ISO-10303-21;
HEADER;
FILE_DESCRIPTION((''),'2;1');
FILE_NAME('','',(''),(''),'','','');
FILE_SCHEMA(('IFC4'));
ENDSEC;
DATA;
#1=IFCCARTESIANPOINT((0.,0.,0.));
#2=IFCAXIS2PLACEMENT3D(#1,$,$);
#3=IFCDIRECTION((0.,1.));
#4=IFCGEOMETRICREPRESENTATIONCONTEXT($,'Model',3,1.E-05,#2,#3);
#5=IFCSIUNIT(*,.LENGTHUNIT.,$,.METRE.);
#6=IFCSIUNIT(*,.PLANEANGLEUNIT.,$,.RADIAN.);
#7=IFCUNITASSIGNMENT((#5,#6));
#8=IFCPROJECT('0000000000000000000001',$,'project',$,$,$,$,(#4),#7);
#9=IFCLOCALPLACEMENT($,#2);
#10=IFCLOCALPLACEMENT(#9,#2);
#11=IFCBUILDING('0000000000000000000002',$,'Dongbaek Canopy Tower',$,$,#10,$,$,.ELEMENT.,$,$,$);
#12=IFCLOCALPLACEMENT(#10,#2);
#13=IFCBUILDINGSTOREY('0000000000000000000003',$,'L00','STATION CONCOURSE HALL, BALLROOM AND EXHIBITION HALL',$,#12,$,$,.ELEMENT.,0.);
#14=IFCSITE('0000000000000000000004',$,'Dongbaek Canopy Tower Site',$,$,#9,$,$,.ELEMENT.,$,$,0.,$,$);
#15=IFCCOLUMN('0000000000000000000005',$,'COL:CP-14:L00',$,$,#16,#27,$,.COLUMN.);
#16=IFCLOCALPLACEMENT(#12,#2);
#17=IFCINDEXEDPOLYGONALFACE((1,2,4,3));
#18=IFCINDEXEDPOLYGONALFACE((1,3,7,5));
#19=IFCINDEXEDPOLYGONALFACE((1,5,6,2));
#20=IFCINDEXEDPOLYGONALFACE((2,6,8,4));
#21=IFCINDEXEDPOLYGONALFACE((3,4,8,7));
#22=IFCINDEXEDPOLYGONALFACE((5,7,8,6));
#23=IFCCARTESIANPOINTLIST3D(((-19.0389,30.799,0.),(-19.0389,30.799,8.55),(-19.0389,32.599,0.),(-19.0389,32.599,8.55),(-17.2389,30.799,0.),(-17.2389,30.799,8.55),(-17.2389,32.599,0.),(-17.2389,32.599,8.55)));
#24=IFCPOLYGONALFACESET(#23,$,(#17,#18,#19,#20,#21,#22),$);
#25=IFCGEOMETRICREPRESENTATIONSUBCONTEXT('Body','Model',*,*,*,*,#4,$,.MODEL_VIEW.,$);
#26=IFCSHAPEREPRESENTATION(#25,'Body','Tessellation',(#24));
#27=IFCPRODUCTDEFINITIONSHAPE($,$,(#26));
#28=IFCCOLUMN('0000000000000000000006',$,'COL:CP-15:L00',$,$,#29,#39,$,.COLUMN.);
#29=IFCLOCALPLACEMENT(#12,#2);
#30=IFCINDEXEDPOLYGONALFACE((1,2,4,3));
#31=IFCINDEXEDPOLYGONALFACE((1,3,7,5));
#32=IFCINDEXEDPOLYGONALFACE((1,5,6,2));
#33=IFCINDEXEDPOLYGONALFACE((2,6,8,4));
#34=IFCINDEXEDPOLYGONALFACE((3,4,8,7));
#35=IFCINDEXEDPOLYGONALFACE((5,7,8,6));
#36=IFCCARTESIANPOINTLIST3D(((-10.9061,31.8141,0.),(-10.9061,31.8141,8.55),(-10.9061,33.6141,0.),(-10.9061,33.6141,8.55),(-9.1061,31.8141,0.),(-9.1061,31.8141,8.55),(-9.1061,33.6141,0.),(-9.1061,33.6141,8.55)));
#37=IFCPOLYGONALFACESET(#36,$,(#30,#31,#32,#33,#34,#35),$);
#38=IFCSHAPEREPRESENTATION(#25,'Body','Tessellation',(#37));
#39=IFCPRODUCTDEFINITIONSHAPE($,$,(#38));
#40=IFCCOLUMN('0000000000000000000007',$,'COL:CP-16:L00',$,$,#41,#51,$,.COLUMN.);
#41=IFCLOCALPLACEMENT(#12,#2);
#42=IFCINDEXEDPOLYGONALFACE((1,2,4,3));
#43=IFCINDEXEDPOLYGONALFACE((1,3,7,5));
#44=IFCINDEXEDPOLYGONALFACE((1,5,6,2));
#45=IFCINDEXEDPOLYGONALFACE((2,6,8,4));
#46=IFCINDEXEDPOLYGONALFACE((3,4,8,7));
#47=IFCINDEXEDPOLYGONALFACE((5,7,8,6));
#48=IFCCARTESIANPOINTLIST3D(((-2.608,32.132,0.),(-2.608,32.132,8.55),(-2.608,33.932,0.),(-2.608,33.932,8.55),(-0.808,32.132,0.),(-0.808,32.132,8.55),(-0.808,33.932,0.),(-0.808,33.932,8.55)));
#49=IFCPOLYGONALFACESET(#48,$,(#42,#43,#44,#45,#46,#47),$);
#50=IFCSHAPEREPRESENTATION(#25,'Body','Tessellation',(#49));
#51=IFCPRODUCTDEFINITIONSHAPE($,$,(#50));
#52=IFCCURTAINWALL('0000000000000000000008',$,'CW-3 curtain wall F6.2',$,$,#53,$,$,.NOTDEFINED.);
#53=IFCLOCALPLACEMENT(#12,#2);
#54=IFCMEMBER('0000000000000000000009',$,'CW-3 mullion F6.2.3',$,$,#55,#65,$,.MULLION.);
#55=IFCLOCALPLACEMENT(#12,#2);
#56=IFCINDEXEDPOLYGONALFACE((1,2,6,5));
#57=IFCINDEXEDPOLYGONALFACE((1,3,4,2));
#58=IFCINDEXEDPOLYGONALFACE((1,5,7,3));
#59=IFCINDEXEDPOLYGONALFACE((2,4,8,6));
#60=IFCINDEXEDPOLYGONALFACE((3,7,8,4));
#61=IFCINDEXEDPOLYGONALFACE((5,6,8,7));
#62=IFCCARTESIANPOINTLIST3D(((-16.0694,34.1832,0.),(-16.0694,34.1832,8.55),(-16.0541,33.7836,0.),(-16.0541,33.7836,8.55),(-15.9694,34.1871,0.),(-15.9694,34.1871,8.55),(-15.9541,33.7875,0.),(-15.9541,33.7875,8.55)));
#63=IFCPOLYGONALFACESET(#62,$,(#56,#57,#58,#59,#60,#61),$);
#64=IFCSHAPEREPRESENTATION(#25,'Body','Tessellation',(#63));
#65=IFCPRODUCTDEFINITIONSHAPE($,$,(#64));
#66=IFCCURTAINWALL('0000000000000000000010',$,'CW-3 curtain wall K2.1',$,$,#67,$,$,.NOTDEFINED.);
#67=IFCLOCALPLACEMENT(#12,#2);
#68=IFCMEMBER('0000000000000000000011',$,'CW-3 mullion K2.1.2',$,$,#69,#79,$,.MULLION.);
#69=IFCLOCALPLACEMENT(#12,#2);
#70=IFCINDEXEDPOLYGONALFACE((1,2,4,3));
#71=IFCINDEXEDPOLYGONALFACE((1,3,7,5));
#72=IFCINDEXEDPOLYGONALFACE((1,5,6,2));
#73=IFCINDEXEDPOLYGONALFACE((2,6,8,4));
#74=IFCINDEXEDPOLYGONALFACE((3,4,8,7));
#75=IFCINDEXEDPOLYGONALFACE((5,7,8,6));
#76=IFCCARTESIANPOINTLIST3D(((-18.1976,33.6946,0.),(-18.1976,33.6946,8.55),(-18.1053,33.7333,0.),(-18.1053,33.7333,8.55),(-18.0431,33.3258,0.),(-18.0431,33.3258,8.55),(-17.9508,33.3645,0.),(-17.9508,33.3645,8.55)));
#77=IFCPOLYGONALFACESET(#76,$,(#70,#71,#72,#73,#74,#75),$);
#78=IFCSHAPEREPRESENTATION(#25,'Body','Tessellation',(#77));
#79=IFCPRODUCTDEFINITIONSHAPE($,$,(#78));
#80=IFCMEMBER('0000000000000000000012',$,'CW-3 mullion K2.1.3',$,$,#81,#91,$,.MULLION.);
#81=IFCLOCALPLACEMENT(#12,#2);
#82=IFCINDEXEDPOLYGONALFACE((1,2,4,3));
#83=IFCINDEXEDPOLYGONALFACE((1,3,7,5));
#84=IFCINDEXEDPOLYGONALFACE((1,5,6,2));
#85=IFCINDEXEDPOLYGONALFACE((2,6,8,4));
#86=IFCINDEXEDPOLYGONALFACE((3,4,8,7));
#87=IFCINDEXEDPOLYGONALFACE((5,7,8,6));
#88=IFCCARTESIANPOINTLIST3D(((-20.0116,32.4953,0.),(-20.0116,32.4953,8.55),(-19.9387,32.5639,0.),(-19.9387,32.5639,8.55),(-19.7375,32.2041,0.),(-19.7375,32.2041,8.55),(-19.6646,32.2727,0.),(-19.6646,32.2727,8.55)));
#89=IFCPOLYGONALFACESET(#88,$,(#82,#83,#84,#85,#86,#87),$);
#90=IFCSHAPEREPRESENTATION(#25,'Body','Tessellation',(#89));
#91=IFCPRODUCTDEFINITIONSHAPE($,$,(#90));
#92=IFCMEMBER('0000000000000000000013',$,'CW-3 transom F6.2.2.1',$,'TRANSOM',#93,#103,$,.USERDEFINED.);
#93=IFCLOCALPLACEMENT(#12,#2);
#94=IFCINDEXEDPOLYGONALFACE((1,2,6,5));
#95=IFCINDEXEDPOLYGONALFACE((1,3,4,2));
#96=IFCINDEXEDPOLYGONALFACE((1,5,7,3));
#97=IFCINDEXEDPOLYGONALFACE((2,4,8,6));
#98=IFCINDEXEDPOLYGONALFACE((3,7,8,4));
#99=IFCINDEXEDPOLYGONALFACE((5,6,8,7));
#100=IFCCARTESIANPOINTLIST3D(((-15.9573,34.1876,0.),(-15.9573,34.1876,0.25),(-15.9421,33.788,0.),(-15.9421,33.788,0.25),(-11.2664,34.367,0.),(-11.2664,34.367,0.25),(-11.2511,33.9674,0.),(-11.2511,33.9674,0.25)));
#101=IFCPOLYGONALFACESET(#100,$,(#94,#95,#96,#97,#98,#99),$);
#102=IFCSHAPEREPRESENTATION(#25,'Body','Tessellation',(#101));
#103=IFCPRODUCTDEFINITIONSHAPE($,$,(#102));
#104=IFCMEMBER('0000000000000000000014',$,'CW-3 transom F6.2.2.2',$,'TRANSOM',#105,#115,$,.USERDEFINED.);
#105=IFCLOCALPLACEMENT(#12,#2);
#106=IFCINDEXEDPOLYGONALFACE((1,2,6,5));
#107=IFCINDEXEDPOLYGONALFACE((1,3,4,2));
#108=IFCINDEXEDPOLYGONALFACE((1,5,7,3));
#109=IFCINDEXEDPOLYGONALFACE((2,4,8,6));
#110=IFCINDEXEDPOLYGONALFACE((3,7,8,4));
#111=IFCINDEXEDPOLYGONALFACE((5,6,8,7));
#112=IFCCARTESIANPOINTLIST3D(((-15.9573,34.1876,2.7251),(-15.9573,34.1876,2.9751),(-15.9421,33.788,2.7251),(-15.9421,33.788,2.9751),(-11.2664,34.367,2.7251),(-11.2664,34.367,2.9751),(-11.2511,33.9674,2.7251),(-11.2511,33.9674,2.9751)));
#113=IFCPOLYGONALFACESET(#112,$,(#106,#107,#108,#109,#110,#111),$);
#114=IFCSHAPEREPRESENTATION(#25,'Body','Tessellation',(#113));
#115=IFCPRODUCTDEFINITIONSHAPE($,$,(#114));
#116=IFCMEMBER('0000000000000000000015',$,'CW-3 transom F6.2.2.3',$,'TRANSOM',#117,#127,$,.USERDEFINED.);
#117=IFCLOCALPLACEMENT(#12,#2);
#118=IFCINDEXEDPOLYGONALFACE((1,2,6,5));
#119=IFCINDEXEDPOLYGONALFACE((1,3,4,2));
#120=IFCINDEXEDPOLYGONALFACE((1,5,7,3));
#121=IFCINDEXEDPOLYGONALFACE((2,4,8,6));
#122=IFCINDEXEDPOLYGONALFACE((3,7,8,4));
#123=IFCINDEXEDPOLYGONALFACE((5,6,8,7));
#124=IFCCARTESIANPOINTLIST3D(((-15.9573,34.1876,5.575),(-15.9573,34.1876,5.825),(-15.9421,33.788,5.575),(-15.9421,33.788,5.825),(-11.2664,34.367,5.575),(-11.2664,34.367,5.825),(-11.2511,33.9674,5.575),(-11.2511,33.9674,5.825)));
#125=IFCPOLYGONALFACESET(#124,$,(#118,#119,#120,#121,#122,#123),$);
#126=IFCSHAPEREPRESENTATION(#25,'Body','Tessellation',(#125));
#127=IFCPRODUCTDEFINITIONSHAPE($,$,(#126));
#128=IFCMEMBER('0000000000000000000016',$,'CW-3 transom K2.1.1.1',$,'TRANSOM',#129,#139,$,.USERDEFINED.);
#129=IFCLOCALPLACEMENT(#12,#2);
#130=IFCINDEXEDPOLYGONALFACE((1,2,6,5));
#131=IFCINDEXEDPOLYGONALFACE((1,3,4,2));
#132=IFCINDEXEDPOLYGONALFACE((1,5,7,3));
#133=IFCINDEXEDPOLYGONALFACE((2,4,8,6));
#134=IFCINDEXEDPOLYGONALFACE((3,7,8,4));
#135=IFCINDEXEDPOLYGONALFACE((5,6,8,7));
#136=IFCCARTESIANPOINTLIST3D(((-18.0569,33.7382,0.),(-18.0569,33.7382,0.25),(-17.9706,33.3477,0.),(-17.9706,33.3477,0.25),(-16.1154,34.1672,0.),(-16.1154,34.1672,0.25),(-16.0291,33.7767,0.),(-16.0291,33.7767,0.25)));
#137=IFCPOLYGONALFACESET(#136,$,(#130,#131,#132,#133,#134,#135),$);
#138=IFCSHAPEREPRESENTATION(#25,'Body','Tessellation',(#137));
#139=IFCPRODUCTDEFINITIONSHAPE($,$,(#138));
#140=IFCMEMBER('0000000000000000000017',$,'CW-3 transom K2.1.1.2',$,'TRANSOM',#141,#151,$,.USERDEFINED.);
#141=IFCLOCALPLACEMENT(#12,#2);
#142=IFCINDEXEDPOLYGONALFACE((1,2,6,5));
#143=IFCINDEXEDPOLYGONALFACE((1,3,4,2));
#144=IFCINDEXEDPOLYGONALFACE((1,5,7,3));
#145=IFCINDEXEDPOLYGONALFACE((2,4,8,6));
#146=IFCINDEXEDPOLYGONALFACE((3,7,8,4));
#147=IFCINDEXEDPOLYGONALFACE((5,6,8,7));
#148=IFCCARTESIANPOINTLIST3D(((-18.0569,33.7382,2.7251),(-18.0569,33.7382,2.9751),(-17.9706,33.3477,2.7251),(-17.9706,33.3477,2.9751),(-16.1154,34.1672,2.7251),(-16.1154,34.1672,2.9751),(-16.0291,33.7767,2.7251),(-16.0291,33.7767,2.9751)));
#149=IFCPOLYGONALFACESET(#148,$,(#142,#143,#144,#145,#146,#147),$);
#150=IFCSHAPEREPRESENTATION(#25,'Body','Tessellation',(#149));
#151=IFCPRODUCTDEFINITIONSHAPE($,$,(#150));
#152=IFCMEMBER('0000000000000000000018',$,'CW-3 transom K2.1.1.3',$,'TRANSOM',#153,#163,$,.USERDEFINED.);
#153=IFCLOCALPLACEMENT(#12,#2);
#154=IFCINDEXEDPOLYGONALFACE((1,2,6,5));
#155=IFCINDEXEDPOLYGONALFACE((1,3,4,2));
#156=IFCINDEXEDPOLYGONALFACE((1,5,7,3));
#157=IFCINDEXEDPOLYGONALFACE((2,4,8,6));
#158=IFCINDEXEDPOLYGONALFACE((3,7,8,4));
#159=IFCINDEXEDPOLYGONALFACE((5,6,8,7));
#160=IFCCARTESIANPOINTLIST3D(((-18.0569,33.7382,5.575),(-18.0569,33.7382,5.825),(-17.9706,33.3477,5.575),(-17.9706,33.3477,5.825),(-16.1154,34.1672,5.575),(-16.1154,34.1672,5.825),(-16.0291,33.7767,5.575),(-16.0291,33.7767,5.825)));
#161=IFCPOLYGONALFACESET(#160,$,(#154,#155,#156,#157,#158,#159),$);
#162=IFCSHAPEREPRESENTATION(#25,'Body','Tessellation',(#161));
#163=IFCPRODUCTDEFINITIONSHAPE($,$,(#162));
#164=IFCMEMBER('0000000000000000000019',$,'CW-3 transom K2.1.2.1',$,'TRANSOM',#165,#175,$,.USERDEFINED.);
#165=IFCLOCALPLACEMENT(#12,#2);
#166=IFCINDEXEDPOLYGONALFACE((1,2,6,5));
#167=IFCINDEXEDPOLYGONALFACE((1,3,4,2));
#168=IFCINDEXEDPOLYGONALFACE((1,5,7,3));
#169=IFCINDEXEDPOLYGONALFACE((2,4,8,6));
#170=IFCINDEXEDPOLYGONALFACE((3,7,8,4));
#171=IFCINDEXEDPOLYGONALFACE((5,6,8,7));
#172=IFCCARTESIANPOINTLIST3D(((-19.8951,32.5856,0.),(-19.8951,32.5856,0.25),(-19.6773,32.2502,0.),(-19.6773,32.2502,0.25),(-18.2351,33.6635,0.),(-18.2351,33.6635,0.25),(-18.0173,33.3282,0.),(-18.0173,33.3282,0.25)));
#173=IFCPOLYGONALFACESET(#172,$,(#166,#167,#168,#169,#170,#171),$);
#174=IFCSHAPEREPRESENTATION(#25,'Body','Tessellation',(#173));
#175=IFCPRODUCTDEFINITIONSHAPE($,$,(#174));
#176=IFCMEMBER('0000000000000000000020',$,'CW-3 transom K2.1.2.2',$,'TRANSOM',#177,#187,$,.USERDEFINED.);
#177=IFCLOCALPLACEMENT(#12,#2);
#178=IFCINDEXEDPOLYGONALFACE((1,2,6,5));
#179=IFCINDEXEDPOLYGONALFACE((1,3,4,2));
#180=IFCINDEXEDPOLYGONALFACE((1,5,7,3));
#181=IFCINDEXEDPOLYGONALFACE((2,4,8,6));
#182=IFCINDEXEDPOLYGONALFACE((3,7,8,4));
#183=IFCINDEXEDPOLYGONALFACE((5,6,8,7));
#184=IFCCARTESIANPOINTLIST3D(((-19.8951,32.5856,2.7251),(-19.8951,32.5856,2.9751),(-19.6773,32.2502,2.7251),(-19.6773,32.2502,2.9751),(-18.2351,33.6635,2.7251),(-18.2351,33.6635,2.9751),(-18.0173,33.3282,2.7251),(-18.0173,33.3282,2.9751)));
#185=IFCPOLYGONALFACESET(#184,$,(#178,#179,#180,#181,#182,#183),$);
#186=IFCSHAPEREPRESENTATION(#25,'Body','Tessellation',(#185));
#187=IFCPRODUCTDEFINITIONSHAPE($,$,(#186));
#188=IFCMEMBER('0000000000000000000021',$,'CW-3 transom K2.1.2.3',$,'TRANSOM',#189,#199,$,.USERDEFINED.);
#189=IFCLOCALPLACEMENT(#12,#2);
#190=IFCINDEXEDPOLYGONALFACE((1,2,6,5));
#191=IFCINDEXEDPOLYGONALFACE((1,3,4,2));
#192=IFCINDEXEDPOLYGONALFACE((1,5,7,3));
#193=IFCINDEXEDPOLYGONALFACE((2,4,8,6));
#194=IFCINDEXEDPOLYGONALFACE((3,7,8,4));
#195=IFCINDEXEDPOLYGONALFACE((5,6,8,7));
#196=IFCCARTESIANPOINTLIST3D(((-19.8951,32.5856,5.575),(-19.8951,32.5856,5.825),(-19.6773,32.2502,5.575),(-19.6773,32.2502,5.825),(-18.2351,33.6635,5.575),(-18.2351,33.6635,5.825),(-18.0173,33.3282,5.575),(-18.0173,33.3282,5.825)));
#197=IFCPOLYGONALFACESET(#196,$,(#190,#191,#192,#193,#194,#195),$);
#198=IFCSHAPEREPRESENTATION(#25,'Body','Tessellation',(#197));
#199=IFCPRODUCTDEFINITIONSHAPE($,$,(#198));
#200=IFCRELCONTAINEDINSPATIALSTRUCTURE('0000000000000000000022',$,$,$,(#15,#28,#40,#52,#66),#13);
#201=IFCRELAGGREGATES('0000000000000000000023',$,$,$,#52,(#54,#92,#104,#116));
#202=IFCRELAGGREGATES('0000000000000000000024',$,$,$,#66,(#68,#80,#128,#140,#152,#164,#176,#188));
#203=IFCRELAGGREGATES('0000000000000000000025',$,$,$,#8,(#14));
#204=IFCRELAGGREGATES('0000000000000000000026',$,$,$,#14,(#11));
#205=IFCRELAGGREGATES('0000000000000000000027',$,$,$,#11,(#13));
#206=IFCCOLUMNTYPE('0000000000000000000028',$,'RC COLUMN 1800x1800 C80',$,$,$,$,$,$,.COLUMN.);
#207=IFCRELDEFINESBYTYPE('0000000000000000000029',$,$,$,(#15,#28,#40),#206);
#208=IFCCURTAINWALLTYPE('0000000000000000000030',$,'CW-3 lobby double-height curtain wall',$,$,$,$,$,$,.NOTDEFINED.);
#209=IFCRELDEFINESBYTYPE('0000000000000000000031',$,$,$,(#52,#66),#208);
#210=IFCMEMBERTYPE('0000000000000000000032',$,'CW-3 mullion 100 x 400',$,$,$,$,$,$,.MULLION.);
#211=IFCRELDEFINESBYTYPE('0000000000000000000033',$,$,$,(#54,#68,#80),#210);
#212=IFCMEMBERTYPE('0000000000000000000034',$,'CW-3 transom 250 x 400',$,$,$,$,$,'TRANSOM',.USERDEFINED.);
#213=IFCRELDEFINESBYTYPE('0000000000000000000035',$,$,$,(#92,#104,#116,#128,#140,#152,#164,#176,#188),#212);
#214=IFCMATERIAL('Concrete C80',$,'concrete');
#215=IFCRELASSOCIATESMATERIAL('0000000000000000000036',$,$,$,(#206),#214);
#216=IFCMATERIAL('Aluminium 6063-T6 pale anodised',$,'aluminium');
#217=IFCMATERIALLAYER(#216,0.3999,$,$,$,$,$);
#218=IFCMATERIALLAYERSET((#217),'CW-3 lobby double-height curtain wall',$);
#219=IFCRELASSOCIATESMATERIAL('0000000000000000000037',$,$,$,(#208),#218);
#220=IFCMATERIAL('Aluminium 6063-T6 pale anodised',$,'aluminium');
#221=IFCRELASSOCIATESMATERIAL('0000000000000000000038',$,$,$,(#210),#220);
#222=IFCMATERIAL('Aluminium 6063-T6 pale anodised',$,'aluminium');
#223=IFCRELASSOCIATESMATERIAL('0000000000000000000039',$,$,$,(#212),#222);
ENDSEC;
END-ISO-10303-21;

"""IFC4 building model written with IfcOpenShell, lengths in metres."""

from ifc_helpers import new_model, si_unit, direction, frame, origin, origin_2d, place, context, subcontext, project, spatial, rectangle, extrude, material, layer, layer_set, material_profile, profile_set, type_object, element, aggregate, save


model = new_model("IFC4")

# Units and contexts
model_context = context("Model", 3, precision=1e-05, world=origin(), true_north=direction((0.0, 1.0)))
body_context = subcontext(model_context, "Body", "Model", "MODEL_VIEW")
ifc_project = project(units=[si_unit("LENGTHUNIT", "METRE"), si_unit("PLANEANGLEUNIT", "RADIAN")], contexts=[model_context])

# Site, building, storey
site_placement = place(None, origin())
site = spatial("IfcSite", under=ifc_project, at=site_placement, Name="Dongbaek Canopy Tower Site", CompositionType="ELEMENT", RefElevation=0.0)
building_placement = place(site_placement, origin())
building = spatial("IfcBuilding", under=site, at=building_placement, Name="Dongbaek Canopy Tower", CompositionType="ELEMENT")
storey_placement = place(building_placement, origin())
storey = spatial("IfcBuildingStorey", under=building, at=storey_placement, Name="L00", Description="STATION CONCOURSE HALL, BALLROOM AND EXHIBITION HALL", CompositionType="ELEMENT", Elevation=0.0)

# Columns
ifc_material_1 = material(Name="Concrete C80", Category="concrete")
ifc_material_profile_1 = material_profile(ifc_material_1, rectangle(XDim=1.8, YDim=1.8, at=origin_2d()), Name="RC COLUMN 1800x1800 C80")
ifc_profile_set_1 = profile_set([ifc_material_profile_1], Name="Concrete C80")
column_type = type_object("IfcColumnType", Name="RC COLUMN 1800x1800 C80", PredefinedType="COLUMN", material=ifc_profile_set_1)
for number, where, z_axis, x_axis, name in (
    (1, (-18.1389, 31.699, 0.0), (0.0, 0.0, 1.0), (1.0, 0.0, 0.0), "COL:CP-14:L00"),
    (2, (-10.0061, 32.7141, 0.0), (0.0, 0.0, 1.0), (1.0, 0.0, 0.0), "COL:CP-15:L00"),
    (3, (-1.708, 33.032, 0.0), (0.0, 0.0, 1.0), (1.0, 0.0, 0.0), "COL:CP-16:L00"),
):
    element("IfcColumn", number, at=place(storey_placement, frame(where, z_axis=z_axis, x_axis=x_axis)), inside=storey, type_object=column_type, Name=name, PredefinedType="COLUMN", context=body_context, shape_type="SweptSolid", body=[
        extrude(rectangle(XDim=1.8, YDim=1.8, at=origin_2d()), origin(), (0.0, 0.0, 1.0), 8.55),
    ])

# Curtain wall, member
ifc_material_2 = material(Name="Aluminium 6063-T6 pale anodised", Category="aluminium")
ifc_layer_1 = layer(ifc_material_2, 0.3999)
ifc_layer_set_1 = layer_set([ifc_layer_1], Name="CW-3 lobby double-height curtain wall")
curtain_wall_type = type_object("IfcCurtainWallType", Name="CW-3 lobby double-height curtain wall", PredefinedType="NOTDEFINED", material=ifc_layer_set_1)
curtain_wall_1_placement = place(storey_placement, origin())
curtain_wall_1 = element("IfcCurtainWall", 4, at=curtain_wall_1_placement, inside=storey, type_object=curtain_wall_type, Name="CW-3 curtain wall F6.2", PredefinedType="NOTDEFINED")
ifc_material_3 = material(Name="Aluminium 6063-T6 pale anodised", Category="aluminium")
ifc_material_profile_2 = material_profile(ifc_material_3, rectangle(XDim=0.3999, YDim=0.1001, at=origin_2d()), Name="CW-3 mullion 100 x 400")
ifc_profile_set_2 = profile_set([ifc_material_profile_2], Name="Aluminium 6063-T6 pale anodised")
member_type_1 = type_object("IfcMemberType", Name="CW-3 mullion 100 x 400", PredefinedType="MULLION", material=ifc_profile_set_2)
member_1_placement = place(storey_placement, frame((-16.0117, 33.9854, 0.0), z_axis=(0.0, 0.0, 1.0), x_axis=(-0.038232, 0.999269, 0.0)))
member_1 = element("IfcMember", 5, at=member_1_placement, type_object=member_type_1, Name="CW-3 mullion F6.2.3", PredefinedType="MULLION", context=body_context, shape_type="SweptSolid", body=[
    extrude(rectangle(XDim=0.3999, YDim=0.1001, at=origin_2d()), origin(), (0.0, 0.0, 1.0), 8.55),
])

# Curtain wall, members
curtain_wall_2_placement = place(storey_placement, origin())
curtain_wall_2 = element("IfcCurtainWall", 6, at=curtain_wall_2_placement, inside=storey, type_object=curtain_wall_type, Name="CW-3 curtain wall K2.1", PredefinedType="NOTDEFINED")
member_2_placement = place(storey_placement, frame((-18.0742, 33.5295, 0.0), z_axis=(0.0, 0.0, 1.0), x_axis=(-0.386403, 0.92233, 0.0)))
member_2 = element("IfcMember", 7, at=member_2_placement, type_object=member_type_1, Name="CW-3 mullion K2.1.2", PredefinedType="MULLION", context=body_context, shape_type="SweptSolid", body=[
    extrude(rectangle(XDim=0.3999, YDim=0.1001, at=origin_2d()), origin(), (0.0, 0.0, 1.0), 8.55),
])
member_3_placement = place(storey_placement, frame((-19.8381, 32.384, 0.0), z_axis=(0.0, 0.0, 1.0), x_axis=(-0.685446, 0.728124, 0.0)))
member_3 = element("IfcMember", 8, at=member_3_placement, type_object=member_type_1, Name="CW-3 mullion K2.1.3", PredefinedType="MULLION", context=body_context, shape_type="SweptSolid", body=[
    extrude(rectangle(XDim=0.3999, YDim=0.1001, at=origin_2d()), origin(), (0.0, 0.0, 1.0), 8.55),
])

# Members
ifc_material_4 = material(Name="Aluminium 6063-T6 pale anodised", Category="aluminium")
ifc_material_profile_3 = material_profile(ifc_material_4, rectangle(XDim=0.3999, YDim=0.25, at=origin_2d()), Name="CW-3 transom 250 x 400")
ifc_profile_set_3 = profile_set([ifc_material_profile_3], Name="Aluminium 6063-T6 pale anodised")
member_type_2 = type_object("IfcMemberType", Name="CW-3 transom 250 x 400", ElementType="TRANSOM", PredefinedType="USERDEFINED", material=ifc_profile_set_3)
member_4_placement = place(storey_placement, frame((-11.2588, 34.1672, 0.125), z_axis=(-0.999269, -0.038225, 0.0), x_axis=(0.038225, -0.999269, 0.0)))
member_4 = element("IfcMember", 9, at=member_4_placement, type_object=member_type_2, Name="CW-3 transom F6.2.2.1", ObjectType="TRANSOM", PredefinedType="USERDEFINED", context=body_context, shape_type="SweptSolid", body=[
    extrude(rectangle(XDim=0.3999, YDim=0.25, at=origin_2d()), origin(), (0.0, 0.0, 1.0), 4.6943),
])
member_5_placement = place(storey_placement, frame((-11.2588, 34.1672, 2.8501), z_axis=(-0.999269, -0.038225, 0.0), x_axis=(0.038225, -0.999269, 0.0)))
member_5 = element("IfcMember", 10, at=member_5_placement, type_object=member_type_2, Name="CW-3 transom F6.2.2.2", ObjectType="TRANSOM", PredefinedType="USERDEFINED", context=body_context, shape_type="SweptSolid", body=[
    extrude(rectangle(XDim=0.3999, YDim=0.25, at=origin_2d()), origin(), (0.0, 0.0, 1.0), 4.6943),
])
member_6_placement = place(storey_placement, frame((-11.2588, 34.1672, 5.7), z_axis=(-0.999269, -0.038225, 0.0), x_axis=(0.038225, -0.999269, 0.0)))
member_6 = element("IfcMember", 11, at=member_6_placement, type_object=member_type_2, Name="CW-3 transom F6.2.2.3", ObjectType="TRANSOM", PredefinedType="USERDEFINED", context=body_context, shape_type="SweptSolid", body=[
    extrude(rectangle(XDim=0.3999, YDim=0.25, at=origin_2d()), origin(), (0.0, 0.0, 1.0), 4.6943),
])
member_7_placement = place(storey_placement, frame((-16.0723, 33.9719, 0.125), z_axis=(-0.976449, -0.215747, 0.0), x_axis=(0.215747, -0.976449, 0.0)))
member_7 = element("IfcMember", 12, at=member_7_placement, type_object=member_type_2, Name="CW-3 transom K2.1.1.1", ObjectType="TRANSOM", PredefinedType="USERDEFINED", context=body_context, shape_type="SweptSolid", body=[
    extrude(rectangle(XDim=0.3999, YDim=0.25, at=origin_2d()), origin(), (0.0, 0.0, 1.0), 1.9883),
])
member_8_placement = place(storey_placement, frame((-16.0723, 33.9719, 2.8501), z_axis=(-0.976449, -0.215747, 0.0), x_axis=(0.215747, -0.976449, 0.0)))
member_8 = element("IfcMember", 13, at=member_8_placement, type_object=member_type_2, Name="CW-3 transom K2.1.1.2", ObjectType="TRANSOM", PredefinedType="USERDEFINED", context=body_context, shape_type="SweptSolid", body=[
    extrude(rectangle(XDim=0.3999, YDim=0.25, at=origin_2d()), origin(), (0.0, 0.0, 1.0), 1.9883),
])
member_9_placement = place(storey_placement, frame((-16.0723, 33.9719, 5.7), z_axis=(-0.976449, -0.215747, 0.0), x_axis=(0.215747, -0.976449, 0.0)))
member_9 = element("IfcMember", 14, at=member_9_placement, type_object=member_type_2, Name="CW-3 transom K2.1.1.3", ObjectType="TRANSOM", PredefinedType="USERDEFINED", context=body_context, shape_type="SweptSolid", body=[
    extrude(rectangle(XDim=0.3999, YDim=0.25, at=origin_2d()), origin(), (0.0, 0.0, 1.0), 1.9883),
])
member_10_placement = place(storey_placement, frame((-18.1262, 33.4958, 0.125), z_axis=(-0.838689, -0.544611, 0.0), x_axis=(0.544611, -0.838689, 0.0)))
member_10 = element("IfcMember", 15, at=member_10_placement, type_object=member_type_2, Name="CW-3 transom K2.1.2.1", ObjectType="TRANSOM", PredefinedType="USERDEFINED", context=body_context, shape_type="SweptSolid", body=[
    extrude(rectangle(XDim=0.3999, YDim=0.25, at=origin_2d()), origin(), (0.0, 0.0, 1.0), 1.9792),
])
member_11_placement = place(storey_placement, frame((-18.1262, 33.4958, 2.8501), z_axis=(-0.838689, -0.544611, 0.0), x_axis=(0.544611, -0.838689, 0.0)))
member_11 = element("IfcMember", 16, at=member_11_placement, type_object=member_type_2, Name="CW-3 transom K2.1.2.2", ObjectType="TRANSOM", PredefinedType="USERDEFINED", context=body_context, shape_type="SweptSolid", body=[
    extrude(rectangle(XDim=0.3999, YDim=0.25, at=origin_2d()), origin(), (0.0, 0.0, 1.0), 1.9792),
])
member_12_placement = place(storey_placement, frame((-18.1262, 33.4958, 5.7), z_axis=(-0.838689, -0.544611, 0.0), x_axis=(0.544611, -0.838689, 0.0)))
member_12 = element("IfcMember", 17, at=member_12_placement, type_object=member_type_2, Name="CW-3 transom K2.1.2.3", ObjectType="TRANSOM", PredefinedType="USERDEFINED", context=body_context, shape_type="SweptSolid", body=[
    extrude(rectangle(XDim=0.3999, YDim=0.25, at=origin_2d()), origin(), (0.0, 0.0, 1.0), 1.9792),
])

aggregate(curtain_wall_1, [member_1, member_4, member_5, member_6])
aggregate(curtain_wall_2, [member_2, member_3, member_7, member_8, member_9, member_10, member_11, member_12])

save(model, "model.ifc")
